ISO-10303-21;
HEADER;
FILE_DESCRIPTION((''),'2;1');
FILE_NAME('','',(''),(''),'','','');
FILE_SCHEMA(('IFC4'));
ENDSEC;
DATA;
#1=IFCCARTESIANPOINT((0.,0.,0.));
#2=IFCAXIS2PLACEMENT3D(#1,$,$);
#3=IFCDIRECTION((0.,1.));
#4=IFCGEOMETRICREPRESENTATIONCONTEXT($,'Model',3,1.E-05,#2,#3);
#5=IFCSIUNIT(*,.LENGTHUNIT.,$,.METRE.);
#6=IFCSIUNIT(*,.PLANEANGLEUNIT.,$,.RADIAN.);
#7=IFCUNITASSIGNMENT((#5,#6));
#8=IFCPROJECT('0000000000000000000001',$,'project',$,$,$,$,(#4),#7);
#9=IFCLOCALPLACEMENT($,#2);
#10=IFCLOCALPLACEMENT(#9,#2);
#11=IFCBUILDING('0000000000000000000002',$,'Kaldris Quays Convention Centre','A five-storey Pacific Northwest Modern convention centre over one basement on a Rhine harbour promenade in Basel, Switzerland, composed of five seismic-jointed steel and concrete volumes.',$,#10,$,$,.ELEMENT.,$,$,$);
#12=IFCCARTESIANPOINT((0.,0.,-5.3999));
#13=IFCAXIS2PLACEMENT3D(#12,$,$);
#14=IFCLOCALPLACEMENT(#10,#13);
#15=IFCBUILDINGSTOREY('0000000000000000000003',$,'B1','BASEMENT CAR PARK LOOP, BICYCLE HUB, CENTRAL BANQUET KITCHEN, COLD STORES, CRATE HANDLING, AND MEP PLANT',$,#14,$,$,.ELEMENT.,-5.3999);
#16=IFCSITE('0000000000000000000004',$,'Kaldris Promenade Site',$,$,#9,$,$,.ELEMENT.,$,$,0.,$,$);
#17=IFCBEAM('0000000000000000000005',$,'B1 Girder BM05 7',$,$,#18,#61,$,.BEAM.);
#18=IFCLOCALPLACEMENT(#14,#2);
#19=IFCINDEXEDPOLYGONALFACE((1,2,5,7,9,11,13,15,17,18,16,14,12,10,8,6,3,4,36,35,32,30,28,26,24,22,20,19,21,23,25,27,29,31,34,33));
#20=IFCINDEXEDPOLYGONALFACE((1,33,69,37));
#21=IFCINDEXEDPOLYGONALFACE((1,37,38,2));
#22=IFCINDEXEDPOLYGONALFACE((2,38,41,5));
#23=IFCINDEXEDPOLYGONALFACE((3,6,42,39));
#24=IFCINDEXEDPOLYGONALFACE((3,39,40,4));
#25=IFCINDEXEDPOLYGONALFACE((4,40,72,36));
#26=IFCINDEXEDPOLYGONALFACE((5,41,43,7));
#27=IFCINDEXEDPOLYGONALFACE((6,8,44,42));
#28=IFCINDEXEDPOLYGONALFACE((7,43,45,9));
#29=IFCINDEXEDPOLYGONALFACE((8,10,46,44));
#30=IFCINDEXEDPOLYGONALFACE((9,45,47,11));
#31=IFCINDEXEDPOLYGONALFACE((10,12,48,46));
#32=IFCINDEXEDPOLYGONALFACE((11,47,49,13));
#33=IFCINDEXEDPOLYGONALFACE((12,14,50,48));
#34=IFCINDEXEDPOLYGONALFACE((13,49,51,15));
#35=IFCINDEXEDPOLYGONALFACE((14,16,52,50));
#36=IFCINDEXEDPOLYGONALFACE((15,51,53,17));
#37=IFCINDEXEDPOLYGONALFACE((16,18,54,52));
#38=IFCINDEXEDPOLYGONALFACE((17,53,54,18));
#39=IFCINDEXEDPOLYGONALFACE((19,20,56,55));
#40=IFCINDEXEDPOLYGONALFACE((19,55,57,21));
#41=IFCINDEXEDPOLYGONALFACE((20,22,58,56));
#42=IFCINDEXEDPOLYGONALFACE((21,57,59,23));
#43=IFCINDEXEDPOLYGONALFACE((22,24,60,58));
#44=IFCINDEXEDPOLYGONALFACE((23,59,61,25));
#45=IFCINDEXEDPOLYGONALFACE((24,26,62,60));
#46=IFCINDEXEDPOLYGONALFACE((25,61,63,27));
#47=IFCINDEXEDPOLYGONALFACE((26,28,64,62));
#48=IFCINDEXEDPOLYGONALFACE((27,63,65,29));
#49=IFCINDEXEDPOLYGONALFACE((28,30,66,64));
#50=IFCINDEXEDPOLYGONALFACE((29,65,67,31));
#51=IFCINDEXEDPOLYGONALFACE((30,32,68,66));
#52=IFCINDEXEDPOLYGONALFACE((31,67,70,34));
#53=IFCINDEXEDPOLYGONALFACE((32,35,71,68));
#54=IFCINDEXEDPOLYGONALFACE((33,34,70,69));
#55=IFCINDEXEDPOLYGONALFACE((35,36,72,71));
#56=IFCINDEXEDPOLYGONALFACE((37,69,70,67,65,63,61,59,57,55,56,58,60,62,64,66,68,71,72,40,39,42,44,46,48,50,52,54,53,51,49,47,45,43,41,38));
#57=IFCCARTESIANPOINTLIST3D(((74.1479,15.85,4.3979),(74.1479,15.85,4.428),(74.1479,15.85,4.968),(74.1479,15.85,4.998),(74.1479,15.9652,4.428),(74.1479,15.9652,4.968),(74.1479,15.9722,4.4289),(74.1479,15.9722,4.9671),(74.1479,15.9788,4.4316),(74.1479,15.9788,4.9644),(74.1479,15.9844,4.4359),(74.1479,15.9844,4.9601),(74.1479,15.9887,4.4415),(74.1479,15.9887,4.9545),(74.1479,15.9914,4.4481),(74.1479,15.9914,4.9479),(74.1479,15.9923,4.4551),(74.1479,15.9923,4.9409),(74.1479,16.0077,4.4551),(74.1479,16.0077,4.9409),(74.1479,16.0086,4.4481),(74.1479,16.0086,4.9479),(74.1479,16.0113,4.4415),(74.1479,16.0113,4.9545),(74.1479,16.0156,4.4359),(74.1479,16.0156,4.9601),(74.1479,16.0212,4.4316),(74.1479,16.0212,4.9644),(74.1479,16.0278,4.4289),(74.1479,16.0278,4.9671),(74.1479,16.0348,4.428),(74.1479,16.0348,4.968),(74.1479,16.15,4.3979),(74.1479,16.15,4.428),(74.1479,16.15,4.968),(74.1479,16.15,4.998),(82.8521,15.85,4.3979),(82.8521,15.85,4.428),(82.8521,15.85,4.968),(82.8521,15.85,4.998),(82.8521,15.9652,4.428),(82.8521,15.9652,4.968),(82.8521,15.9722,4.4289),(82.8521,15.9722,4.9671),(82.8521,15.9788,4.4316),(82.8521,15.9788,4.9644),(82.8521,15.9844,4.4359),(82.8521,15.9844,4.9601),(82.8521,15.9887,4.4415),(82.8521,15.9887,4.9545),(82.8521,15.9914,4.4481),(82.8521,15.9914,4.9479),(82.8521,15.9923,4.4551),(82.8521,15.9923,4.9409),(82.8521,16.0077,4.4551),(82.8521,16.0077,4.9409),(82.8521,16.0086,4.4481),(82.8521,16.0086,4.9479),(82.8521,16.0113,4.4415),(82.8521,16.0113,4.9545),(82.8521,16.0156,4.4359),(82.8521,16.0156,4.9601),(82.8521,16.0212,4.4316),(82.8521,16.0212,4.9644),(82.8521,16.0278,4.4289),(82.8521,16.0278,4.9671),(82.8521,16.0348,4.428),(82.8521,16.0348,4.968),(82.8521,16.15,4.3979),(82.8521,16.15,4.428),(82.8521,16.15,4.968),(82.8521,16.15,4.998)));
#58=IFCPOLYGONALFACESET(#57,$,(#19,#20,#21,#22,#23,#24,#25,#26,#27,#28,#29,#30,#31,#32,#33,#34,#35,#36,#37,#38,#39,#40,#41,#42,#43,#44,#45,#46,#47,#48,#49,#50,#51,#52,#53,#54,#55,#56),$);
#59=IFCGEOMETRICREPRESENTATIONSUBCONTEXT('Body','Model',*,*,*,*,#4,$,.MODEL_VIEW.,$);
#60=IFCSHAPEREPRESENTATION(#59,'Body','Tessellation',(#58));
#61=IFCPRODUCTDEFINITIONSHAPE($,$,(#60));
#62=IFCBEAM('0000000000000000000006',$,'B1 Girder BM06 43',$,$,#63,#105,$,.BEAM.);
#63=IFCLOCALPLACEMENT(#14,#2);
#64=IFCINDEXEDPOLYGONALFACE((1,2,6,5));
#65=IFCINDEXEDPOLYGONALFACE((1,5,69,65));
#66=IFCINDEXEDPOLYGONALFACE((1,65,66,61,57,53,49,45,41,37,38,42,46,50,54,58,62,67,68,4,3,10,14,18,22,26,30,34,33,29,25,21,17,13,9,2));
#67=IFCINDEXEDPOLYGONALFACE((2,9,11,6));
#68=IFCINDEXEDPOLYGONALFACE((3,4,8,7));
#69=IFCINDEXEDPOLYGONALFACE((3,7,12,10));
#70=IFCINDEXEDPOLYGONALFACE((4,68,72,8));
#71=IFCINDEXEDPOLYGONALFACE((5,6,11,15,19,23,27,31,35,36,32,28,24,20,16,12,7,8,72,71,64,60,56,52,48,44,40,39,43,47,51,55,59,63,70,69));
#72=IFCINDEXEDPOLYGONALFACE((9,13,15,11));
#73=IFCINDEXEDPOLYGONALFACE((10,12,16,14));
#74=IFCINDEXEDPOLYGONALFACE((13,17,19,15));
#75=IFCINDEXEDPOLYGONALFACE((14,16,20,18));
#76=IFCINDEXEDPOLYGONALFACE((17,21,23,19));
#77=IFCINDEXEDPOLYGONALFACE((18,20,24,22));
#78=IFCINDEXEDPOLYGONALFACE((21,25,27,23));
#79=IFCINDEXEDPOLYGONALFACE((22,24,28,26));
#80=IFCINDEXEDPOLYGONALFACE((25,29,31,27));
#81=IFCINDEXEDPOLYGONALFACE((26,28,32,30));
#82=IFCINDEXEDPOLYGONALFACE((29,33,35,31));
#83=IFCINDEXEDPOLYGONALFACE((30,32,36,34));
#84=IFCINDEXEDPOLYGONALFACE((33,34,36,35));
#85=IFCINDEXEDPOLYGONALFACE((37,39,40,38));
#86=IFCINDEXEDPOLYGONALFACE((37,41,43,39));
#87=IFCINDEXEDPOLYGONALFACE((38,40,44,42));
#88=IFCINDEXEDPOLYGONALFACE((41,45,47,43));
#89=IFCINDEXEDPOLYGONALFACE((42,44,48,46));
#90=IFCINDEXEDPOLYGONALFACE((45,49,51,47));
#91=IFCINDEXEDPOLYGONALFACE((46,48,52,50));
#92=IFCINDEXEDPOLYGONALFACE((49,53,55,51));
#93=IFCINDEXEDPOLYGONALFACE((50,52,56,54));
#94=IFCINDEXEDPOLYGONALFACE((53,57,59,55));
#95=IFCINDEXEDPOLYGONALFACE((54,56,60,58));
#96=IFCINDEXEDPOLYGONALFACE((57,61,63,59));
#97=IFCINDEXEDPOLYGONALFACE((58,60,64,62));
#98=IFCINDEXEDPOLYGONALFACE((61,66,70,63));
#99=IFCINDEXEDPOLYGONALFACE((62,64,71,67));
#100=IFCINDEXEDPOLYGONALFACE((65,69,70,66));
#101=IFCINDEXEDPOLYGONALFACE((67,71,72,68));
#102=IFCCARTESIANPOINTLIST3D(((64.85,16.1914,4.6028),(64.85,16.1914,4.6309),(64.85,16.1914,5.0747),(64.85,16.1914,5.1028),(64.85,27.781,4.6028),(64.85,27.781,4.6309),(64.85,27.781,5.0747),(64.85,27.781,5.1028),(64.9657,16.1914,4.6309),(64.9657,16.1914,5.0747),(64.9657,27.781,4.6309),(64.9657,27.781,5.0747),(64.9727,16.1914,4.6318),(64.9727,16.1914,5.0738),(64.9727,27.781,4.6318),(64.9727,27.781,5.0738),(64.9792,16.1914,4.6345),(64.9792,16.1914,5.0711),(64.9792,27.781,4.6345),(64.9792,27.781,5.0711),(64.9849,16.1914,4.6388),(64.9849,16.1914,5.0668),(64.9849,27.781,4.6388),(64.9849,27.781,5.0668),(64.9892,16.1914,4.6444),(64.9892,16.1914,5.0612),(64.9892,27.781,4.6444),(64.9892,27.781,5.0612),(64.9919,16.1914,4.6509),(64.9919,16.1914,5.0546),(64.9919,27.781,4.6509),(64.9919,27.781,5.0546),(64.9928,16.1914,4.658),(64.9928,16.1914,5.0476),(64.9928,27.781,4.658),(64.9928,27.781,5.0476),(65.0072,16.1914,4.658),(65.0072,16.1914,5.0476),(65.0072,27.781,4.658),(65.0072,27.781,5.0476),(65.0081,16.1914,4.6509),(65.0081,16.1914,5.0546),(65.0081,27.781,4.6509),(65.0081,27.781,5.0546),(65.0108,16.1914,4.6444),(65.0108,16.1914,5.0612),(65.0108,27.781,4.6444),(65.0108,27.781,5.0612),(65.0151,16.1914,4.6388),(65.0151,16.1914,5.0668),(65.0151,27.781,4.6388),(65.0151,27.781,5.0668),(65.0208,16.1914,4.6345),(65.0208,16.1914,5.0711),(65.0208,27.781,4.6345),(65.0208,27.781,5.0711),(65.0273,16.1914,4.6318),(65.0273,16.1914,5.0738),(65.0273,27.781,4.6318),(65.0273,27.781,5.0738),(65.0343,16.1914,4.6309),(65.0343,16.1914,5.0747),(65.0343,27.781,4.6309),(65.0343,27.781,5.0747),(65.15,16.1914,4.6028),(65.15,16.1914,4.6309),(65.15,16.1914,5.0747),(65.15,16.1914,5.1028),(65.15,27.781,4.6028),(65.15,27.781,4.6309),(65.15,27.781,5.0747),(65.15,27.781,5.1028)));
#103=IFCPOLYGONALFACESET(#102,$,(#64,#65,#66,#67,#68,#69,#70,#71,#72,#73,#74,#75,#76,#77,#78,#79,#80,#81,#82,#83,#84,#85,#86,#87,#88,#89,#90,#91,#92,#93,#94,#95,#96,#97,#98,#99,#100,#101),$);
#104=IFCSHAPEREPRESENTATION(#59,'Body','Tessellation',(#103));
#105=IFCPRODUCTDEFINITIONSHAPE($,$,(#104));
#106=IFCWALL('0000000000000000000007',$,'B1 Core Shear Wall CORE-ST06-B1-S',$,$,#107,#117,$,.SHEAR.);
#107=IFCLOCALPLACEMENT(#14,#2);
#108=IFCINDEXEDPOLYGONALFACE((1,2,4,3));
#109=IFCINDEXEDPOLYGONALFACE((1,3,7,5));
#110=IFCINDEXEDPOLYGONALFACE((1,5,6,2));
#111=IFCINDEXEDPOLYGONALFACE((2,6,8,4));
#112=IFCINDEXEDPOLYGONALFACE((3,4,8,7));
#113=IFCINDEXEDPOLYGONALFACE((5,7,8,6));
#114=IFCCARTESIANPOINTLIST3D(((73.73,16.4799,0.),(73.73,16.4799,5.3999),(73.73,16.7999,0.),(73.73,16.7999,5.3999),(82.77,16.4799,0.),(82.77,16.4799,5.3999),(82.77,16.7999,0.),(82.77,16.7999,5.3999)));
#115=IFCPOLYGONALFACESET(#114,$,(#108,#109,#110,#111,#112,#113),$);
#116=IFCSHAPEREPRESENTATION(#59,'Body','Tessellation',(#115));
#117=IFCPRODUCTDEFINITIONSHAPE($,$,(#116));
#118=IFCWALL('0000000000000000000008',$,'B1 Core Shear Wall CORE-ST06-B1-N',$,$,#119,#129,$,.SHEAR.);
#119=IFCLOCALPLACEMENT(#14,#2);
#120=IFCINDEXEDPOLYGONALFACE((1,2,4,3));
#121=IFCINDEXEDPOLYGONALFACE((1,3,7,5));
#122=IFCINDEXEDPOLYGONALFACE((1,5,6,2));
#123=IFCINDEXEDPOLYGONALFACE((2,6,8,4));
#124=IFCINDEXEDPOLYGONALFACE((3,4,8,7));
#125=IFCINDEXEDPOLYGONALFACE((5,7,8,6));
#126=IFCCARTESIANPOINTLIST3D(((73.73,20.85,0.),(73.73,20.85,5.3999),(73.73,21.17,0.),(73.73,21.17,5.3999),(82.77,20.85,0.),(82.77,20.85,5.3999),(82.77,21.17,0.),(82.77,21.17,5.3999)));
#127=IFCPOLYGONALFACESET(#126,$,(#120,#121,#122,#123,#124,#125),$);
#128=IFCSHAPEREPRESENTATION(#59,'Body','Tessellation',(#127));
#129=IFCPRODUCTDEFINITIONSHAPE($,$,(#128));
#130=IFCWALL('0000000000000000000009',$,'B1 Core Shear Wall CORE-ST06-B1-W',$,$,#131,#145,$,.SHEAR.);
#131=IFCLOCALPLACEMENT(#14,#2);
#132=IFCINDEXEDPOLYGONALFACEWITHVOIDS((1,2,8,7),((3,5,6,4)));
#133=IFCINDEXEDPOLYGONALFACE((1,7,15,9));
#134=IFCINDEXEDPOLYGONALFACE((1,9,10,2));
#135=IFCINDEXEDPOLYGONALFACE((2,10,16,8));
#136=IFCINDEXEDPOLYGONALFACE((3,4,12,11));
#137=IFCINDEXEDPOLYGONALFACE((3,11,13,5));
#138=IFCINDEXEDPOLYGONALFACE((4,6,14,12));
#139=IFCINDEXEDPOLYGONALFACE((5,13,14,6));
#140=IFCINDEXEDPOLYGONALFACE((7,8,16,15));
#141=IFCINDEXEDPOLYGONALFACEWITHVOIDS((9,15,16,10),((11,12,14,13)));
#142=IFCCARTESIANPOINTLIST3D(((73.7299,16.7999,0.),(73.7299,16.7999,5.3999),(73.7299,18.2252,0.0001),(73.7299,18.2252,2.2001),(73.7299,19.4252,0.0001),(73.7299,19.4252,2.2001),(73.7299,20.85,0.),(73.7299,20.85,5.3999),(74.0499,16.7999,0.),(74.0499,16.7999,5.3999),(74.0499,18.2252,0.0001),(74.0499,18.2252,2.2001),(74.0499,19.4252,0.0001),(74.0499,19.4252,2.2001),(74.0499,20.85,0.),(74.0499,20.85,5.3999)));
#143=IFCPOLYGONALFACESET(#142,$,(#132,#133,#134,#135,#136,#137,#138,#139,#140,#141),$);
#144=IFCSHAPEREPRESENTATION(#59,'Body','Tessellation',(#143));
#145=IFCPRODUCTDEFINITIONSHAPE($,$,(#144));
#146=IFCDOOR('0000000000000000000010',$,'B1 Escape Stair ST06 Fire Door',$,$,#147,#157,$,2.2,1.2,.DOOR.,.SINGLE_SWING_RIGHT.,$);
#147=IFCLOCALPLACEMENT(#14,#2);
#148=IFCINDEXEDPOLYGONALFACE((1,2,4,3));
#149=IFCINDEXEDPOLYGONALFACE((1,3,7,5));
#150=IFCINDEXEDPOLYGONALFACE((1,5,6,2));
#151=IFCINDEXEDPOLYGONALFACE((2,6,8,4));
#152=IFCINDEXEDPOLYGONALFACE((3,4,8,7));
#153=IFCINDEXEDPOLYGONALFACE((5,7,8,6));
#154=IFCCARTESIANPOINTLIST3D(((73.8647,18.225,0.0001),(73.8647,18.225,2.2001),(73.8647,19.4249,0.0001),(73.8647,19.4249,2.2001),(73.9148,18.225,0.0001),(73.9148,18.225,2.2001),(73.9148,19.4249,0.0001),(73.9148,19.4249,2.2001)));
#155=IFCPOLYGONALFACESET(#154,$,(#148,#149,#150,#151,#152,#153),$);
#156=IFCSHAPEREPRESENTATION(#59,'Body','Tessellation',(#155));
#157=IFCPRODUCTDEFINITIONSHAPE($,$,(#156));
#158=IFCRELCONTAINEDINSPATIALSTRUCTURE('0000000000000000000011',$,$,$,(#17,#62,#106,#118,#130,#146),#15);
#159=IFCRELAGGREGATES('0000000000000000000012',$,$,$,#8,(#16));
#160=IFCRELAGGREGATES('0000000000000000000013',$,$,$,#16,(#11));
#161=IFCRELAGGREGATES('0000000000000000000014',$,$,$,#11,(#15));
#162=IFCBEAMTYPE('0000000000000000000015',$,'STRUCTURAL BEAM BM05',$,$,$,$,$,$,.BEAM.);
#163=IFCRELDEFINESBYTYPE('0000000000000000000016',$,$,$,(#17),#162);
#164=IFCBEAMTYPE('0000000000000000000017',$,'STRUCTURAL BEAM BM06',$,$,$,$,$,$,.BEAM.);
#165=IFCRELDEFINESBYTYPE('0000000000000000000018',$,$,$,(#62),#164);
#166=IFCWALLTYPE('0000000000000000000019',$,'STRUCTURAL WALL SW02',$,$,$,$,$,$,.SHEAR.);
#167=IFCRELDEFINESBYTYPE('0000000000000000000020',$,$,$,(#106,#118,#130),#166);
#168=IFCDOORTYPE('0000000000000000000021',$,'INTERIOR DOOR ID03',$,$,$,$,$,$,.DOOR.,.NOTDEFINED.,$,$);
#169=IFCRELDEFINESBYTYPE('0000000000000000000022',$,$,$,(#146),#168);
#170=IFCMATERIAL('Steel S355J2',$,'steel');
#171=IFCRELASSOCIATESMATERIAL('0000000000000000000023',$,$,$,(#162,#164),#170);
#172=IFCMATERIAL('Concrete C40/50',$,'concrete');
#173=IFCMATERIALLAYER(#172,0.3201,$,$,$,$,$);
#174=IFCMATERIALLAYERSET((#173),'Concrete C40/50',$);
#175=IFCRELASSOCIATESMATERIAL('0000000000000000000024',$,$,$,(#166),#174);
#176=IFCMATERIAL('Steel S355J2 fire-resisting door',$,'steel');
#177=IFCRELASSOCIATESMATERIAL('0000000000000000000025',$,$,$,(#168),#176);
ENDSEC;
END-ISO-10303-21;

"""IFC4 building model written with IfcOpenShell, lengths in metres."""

from ifc_helpers import new_model, si_unit, direction, frame, frame_2d, origin, origin_2d, place, context, subcontext, project, spatial, rectangle, i_section, extrude, material, layer, layer_set, material_profile, profile_set, type_object, element, fill, save


model = new_model("IFC4")

# Units and contexts
model_context = context("Model", 3, precision=1e-05, world=origin(), true_north=direction((0.0, 1.0)))
body_context = subcontext(model_context, "Body", "Model", "MODEL_VIEW")
ifc_project = project(units=[si_unit("LENGTHUNIT", "METRE"), si_unit("PLANEANGLEUNIT", "RADIAN")], contexts=[model_context])

# Site, building, storey
site_placement = place(None, origin())
site = spatial("IfcSite", under=ifc_project, at=site_placement, Name="Kaldris Promenade Site", CompositionType="ELEMENT", RefElevation=0.0)
building_placement = place(site_placement, origin())
building = spatial("IfcBuilding", under=site, at=building_placement, Name="Kaldris Quays Convention Centre", Description="A five-storey Pacific Northwest Modern convention centre over one basement on a Rhine harbour promenade in Basel, Switzerland, composed of five seismic-jointed steel and concrete volumes.", CompositionType="ELEMENT")
storey_placement = place(building_placement, frame((0.0, 0.0, -5.3999)))
storey = spatial("IfcBuildingStorey", under=building, at=storey_placement, Name="B1", Description="BASEMENT CAR PARK LOOP, BICYCLE HUB, CENTRAL BANQUET KITCHEN, COLD STORES, CRATE HANDLING, AND MEP PLANT", CompositionType="ELEMENT", Elevation=-5.3999)

# Beams
ifc_material_1 = material(Name="Steel S355J2", Category="steel")
ifc_material_profile_1 = material_profile(ifc_material_1, i_section(OverallWidth=0.3, OverallDepth=0.6001, WebThickness=0.0154, FlangeThickness=0.03, FilletRadius=0.0271, at=origin_2d()), Name="HEB 600")
ifc_profile_set_1 = profile_set([ifc_material_profile_1], Name="Steel S355J2")
beam_type_1 = type_object("IfcBeamType", Name="STRUCTURAL BEAM BM05", PredefinedType="BEAM", material=ifc_profile_set_1)
for number, where, z_axis, x_axis, name in (
    (1, (74.1479, 16.0, 4.698), (1.0, 0.0, 0.0), (0.0, 1.0, 0.0), "B1 Girder BM05 7"),
):
    element("IfcBeam", number, at=place(storey_placement, frame(where, z_axis=z_axis, x_axis=x_axis)), inside=storey, type_object=beam_type_1, Name=name, PredefinedType="BEAM", context=body_context, shape_type="SweptSolid", body=[
        extrude(i_section(OverallWidth=0.3, OverallDepth=0.6001, WebThickness=0.0154, FlangeThickness=0.03, FilletRadius=0.0271, at=origin_2d()), origin(), (0.0, 0.0, 1.0), 8.7041),
    ])
ifc_material_profile_2 = material_profile(ifc_material_1, i_section(OverallWidth=0.3, OverallDepth=0.5, WebThickness=0.0144, FlangeThickness=0.0281, FilletRadius=0.0271, at=origin_2d()), Name="HEB 500")
ifc_profile_set_2 = profile_set([ifc_material_profile_2], Name="Steel S355J2")
beam_type_2 = type_object("IfcBeamType", Name="STRUCTURAL BEAM BM06", PredefinedType="BEAM", material=ifc_profile_set_2)
beam_placement = place(storey_placement, frame((65.0, 16.1914, 4.8528), z_axis=(0.0, 1.0, 0.0), x_axis=(-1.0, 0.0, 0.0)))
element("IfcBeam", 2, at=beam_placement, inside=storey, type_object=beam_type_2, Name="B1 Girder BM06 43", PredefinedType="BEAM", context=body_context, shape_type="SweptSolid", body=[
    extrude(i_section(OverallWidth=0.3, OverallDepth=0.5, WebThickness=0.0144, FlangeThickness=0.0281, FilletRadius=0.0271, at=origin_2d()), origin(), (0.0, 0.0, 1.0), 11.5896),
])

# Walls
ifc_material_2 = material(Name="Concrete C40/50", Category="concrete")
ifc_layer = layer(ifc_material_2, 0.3201)
ifc_layer_set = layer_set([ifc_layer], Name="Concrete C40/50")
wall_type = type_object("IfcWallType", Name="STRUCTURAL WALL SW02", PredefinedType="SHEAR", material=ifc_layer_set)
for number, where, z_axis, x_axis, name in (
    (3, (73.73, 16.6399, 0.0), (0.0, 0.0, 1.0), (1.0, 0.0, 0.0), "B1 Core Shear Wall CORE-ST06-B1-S"),
    (4, (73.73, 21.01, 0.0), (0.0, 0.0, 1.0), (1.0, 0.0, 0.0), "B1 Core Shear Wall CORE-ST06-B1-N"),
):
    element("IfcWall", number, at=place(storey_placement, frame(where, z_axis=z_axis, x_axis=x_axis)), inside=storey, type_object=wall_type, Name=name, PredefinedType="SHEAR", context=body_context, shape_type="SweptSolid", body=[
        extrude(rectangle(XDim=9.04, YDim=0.3201, at=frame_2d((4.52, 0.0))), origin(), (0.0, 0.0, 1.0), 5.3999),
    ])

# Wall, opening, door
wall_placement = place(storey_placement, frame((73.8899, 16.8, 0.0), z_axis=(0.0, 0.0, 1.0), x_axis=(0.0, 1.0, 0.0)))
wall = element("IfcWall", 5, at=wall_placement, inside=storey, type_object=wall_type, Name="B1 Core Shear Wall CORE-ST06-B1-W", PredefinedType="SHEAR", context=body_context, shape_type="SweptSolid", body=[
    extrude(rectangle(XDim=4.05, YDim=0.3201, at=frame_2d((2.0249, 0.0))), origin(), (0.0, 0.0, 1.0), 5.3999),
])
opening_placement = place(wall_placement, frame((1.425, 0.0, 0.0)))
opening = element("IfcOpeningElement", 6, at=opening_placement, cuts=wall, PredefinedType="OPENING", context=body_context, shape_type="SweptSolid", body=[
    extrude(rectangle(XDim=1.2, YDim=2.2, at=frame_2d((0.6001, 1.1001))), frame((0.0, 0.1699, 0.0), z_axis=(0.0, -1.0, 0.0), x_axis=(1.0, 0.0, 0.0)), (0.0, 0.0, 1.0), 0.3401),
])
ifc_material_3 = material(Name="Steel S355J2 fire-resisting door", Category="steel")
door_type = type_object("IfcDoorType", Name="INTERIOR DOOR ID03", OperationType="NOTDEFINED", PredefinedType="DOOR", material=ifc_material_3)
door_placement = place(opening_placement, frame((1.2, 0.0, 0.0), z_axis=(0.0, 0.0, 1.0), x_axis=(-1.0, 0.0, 0.0)))
door = element("IfcDoor", 7, at=door_placement, inside=storey, type_object=door_type, Name="B1 Escape Stair ST06 Fire Door", OperationType="SINGLE_SWING_RIGHT", OverallHeight=2.2, OverallWidth=1.2, PredefinedType="DOOR", context=body_context, shape_type="SweptSolid", body=[
    extrude(rectangle(XDim=1.2, YDim=2.2, at=frame_2d((0.6001, 1.1001))), frame((0.0, 0.0249, 0.0), z_axis=(0.0, -1.0, 0.0), x_axis=(1.0, 0.0, 0.0)), (0.0, 0.0, 1.0), 0.05),
])
fill(opening, door)

save(model, "model.ifc")
